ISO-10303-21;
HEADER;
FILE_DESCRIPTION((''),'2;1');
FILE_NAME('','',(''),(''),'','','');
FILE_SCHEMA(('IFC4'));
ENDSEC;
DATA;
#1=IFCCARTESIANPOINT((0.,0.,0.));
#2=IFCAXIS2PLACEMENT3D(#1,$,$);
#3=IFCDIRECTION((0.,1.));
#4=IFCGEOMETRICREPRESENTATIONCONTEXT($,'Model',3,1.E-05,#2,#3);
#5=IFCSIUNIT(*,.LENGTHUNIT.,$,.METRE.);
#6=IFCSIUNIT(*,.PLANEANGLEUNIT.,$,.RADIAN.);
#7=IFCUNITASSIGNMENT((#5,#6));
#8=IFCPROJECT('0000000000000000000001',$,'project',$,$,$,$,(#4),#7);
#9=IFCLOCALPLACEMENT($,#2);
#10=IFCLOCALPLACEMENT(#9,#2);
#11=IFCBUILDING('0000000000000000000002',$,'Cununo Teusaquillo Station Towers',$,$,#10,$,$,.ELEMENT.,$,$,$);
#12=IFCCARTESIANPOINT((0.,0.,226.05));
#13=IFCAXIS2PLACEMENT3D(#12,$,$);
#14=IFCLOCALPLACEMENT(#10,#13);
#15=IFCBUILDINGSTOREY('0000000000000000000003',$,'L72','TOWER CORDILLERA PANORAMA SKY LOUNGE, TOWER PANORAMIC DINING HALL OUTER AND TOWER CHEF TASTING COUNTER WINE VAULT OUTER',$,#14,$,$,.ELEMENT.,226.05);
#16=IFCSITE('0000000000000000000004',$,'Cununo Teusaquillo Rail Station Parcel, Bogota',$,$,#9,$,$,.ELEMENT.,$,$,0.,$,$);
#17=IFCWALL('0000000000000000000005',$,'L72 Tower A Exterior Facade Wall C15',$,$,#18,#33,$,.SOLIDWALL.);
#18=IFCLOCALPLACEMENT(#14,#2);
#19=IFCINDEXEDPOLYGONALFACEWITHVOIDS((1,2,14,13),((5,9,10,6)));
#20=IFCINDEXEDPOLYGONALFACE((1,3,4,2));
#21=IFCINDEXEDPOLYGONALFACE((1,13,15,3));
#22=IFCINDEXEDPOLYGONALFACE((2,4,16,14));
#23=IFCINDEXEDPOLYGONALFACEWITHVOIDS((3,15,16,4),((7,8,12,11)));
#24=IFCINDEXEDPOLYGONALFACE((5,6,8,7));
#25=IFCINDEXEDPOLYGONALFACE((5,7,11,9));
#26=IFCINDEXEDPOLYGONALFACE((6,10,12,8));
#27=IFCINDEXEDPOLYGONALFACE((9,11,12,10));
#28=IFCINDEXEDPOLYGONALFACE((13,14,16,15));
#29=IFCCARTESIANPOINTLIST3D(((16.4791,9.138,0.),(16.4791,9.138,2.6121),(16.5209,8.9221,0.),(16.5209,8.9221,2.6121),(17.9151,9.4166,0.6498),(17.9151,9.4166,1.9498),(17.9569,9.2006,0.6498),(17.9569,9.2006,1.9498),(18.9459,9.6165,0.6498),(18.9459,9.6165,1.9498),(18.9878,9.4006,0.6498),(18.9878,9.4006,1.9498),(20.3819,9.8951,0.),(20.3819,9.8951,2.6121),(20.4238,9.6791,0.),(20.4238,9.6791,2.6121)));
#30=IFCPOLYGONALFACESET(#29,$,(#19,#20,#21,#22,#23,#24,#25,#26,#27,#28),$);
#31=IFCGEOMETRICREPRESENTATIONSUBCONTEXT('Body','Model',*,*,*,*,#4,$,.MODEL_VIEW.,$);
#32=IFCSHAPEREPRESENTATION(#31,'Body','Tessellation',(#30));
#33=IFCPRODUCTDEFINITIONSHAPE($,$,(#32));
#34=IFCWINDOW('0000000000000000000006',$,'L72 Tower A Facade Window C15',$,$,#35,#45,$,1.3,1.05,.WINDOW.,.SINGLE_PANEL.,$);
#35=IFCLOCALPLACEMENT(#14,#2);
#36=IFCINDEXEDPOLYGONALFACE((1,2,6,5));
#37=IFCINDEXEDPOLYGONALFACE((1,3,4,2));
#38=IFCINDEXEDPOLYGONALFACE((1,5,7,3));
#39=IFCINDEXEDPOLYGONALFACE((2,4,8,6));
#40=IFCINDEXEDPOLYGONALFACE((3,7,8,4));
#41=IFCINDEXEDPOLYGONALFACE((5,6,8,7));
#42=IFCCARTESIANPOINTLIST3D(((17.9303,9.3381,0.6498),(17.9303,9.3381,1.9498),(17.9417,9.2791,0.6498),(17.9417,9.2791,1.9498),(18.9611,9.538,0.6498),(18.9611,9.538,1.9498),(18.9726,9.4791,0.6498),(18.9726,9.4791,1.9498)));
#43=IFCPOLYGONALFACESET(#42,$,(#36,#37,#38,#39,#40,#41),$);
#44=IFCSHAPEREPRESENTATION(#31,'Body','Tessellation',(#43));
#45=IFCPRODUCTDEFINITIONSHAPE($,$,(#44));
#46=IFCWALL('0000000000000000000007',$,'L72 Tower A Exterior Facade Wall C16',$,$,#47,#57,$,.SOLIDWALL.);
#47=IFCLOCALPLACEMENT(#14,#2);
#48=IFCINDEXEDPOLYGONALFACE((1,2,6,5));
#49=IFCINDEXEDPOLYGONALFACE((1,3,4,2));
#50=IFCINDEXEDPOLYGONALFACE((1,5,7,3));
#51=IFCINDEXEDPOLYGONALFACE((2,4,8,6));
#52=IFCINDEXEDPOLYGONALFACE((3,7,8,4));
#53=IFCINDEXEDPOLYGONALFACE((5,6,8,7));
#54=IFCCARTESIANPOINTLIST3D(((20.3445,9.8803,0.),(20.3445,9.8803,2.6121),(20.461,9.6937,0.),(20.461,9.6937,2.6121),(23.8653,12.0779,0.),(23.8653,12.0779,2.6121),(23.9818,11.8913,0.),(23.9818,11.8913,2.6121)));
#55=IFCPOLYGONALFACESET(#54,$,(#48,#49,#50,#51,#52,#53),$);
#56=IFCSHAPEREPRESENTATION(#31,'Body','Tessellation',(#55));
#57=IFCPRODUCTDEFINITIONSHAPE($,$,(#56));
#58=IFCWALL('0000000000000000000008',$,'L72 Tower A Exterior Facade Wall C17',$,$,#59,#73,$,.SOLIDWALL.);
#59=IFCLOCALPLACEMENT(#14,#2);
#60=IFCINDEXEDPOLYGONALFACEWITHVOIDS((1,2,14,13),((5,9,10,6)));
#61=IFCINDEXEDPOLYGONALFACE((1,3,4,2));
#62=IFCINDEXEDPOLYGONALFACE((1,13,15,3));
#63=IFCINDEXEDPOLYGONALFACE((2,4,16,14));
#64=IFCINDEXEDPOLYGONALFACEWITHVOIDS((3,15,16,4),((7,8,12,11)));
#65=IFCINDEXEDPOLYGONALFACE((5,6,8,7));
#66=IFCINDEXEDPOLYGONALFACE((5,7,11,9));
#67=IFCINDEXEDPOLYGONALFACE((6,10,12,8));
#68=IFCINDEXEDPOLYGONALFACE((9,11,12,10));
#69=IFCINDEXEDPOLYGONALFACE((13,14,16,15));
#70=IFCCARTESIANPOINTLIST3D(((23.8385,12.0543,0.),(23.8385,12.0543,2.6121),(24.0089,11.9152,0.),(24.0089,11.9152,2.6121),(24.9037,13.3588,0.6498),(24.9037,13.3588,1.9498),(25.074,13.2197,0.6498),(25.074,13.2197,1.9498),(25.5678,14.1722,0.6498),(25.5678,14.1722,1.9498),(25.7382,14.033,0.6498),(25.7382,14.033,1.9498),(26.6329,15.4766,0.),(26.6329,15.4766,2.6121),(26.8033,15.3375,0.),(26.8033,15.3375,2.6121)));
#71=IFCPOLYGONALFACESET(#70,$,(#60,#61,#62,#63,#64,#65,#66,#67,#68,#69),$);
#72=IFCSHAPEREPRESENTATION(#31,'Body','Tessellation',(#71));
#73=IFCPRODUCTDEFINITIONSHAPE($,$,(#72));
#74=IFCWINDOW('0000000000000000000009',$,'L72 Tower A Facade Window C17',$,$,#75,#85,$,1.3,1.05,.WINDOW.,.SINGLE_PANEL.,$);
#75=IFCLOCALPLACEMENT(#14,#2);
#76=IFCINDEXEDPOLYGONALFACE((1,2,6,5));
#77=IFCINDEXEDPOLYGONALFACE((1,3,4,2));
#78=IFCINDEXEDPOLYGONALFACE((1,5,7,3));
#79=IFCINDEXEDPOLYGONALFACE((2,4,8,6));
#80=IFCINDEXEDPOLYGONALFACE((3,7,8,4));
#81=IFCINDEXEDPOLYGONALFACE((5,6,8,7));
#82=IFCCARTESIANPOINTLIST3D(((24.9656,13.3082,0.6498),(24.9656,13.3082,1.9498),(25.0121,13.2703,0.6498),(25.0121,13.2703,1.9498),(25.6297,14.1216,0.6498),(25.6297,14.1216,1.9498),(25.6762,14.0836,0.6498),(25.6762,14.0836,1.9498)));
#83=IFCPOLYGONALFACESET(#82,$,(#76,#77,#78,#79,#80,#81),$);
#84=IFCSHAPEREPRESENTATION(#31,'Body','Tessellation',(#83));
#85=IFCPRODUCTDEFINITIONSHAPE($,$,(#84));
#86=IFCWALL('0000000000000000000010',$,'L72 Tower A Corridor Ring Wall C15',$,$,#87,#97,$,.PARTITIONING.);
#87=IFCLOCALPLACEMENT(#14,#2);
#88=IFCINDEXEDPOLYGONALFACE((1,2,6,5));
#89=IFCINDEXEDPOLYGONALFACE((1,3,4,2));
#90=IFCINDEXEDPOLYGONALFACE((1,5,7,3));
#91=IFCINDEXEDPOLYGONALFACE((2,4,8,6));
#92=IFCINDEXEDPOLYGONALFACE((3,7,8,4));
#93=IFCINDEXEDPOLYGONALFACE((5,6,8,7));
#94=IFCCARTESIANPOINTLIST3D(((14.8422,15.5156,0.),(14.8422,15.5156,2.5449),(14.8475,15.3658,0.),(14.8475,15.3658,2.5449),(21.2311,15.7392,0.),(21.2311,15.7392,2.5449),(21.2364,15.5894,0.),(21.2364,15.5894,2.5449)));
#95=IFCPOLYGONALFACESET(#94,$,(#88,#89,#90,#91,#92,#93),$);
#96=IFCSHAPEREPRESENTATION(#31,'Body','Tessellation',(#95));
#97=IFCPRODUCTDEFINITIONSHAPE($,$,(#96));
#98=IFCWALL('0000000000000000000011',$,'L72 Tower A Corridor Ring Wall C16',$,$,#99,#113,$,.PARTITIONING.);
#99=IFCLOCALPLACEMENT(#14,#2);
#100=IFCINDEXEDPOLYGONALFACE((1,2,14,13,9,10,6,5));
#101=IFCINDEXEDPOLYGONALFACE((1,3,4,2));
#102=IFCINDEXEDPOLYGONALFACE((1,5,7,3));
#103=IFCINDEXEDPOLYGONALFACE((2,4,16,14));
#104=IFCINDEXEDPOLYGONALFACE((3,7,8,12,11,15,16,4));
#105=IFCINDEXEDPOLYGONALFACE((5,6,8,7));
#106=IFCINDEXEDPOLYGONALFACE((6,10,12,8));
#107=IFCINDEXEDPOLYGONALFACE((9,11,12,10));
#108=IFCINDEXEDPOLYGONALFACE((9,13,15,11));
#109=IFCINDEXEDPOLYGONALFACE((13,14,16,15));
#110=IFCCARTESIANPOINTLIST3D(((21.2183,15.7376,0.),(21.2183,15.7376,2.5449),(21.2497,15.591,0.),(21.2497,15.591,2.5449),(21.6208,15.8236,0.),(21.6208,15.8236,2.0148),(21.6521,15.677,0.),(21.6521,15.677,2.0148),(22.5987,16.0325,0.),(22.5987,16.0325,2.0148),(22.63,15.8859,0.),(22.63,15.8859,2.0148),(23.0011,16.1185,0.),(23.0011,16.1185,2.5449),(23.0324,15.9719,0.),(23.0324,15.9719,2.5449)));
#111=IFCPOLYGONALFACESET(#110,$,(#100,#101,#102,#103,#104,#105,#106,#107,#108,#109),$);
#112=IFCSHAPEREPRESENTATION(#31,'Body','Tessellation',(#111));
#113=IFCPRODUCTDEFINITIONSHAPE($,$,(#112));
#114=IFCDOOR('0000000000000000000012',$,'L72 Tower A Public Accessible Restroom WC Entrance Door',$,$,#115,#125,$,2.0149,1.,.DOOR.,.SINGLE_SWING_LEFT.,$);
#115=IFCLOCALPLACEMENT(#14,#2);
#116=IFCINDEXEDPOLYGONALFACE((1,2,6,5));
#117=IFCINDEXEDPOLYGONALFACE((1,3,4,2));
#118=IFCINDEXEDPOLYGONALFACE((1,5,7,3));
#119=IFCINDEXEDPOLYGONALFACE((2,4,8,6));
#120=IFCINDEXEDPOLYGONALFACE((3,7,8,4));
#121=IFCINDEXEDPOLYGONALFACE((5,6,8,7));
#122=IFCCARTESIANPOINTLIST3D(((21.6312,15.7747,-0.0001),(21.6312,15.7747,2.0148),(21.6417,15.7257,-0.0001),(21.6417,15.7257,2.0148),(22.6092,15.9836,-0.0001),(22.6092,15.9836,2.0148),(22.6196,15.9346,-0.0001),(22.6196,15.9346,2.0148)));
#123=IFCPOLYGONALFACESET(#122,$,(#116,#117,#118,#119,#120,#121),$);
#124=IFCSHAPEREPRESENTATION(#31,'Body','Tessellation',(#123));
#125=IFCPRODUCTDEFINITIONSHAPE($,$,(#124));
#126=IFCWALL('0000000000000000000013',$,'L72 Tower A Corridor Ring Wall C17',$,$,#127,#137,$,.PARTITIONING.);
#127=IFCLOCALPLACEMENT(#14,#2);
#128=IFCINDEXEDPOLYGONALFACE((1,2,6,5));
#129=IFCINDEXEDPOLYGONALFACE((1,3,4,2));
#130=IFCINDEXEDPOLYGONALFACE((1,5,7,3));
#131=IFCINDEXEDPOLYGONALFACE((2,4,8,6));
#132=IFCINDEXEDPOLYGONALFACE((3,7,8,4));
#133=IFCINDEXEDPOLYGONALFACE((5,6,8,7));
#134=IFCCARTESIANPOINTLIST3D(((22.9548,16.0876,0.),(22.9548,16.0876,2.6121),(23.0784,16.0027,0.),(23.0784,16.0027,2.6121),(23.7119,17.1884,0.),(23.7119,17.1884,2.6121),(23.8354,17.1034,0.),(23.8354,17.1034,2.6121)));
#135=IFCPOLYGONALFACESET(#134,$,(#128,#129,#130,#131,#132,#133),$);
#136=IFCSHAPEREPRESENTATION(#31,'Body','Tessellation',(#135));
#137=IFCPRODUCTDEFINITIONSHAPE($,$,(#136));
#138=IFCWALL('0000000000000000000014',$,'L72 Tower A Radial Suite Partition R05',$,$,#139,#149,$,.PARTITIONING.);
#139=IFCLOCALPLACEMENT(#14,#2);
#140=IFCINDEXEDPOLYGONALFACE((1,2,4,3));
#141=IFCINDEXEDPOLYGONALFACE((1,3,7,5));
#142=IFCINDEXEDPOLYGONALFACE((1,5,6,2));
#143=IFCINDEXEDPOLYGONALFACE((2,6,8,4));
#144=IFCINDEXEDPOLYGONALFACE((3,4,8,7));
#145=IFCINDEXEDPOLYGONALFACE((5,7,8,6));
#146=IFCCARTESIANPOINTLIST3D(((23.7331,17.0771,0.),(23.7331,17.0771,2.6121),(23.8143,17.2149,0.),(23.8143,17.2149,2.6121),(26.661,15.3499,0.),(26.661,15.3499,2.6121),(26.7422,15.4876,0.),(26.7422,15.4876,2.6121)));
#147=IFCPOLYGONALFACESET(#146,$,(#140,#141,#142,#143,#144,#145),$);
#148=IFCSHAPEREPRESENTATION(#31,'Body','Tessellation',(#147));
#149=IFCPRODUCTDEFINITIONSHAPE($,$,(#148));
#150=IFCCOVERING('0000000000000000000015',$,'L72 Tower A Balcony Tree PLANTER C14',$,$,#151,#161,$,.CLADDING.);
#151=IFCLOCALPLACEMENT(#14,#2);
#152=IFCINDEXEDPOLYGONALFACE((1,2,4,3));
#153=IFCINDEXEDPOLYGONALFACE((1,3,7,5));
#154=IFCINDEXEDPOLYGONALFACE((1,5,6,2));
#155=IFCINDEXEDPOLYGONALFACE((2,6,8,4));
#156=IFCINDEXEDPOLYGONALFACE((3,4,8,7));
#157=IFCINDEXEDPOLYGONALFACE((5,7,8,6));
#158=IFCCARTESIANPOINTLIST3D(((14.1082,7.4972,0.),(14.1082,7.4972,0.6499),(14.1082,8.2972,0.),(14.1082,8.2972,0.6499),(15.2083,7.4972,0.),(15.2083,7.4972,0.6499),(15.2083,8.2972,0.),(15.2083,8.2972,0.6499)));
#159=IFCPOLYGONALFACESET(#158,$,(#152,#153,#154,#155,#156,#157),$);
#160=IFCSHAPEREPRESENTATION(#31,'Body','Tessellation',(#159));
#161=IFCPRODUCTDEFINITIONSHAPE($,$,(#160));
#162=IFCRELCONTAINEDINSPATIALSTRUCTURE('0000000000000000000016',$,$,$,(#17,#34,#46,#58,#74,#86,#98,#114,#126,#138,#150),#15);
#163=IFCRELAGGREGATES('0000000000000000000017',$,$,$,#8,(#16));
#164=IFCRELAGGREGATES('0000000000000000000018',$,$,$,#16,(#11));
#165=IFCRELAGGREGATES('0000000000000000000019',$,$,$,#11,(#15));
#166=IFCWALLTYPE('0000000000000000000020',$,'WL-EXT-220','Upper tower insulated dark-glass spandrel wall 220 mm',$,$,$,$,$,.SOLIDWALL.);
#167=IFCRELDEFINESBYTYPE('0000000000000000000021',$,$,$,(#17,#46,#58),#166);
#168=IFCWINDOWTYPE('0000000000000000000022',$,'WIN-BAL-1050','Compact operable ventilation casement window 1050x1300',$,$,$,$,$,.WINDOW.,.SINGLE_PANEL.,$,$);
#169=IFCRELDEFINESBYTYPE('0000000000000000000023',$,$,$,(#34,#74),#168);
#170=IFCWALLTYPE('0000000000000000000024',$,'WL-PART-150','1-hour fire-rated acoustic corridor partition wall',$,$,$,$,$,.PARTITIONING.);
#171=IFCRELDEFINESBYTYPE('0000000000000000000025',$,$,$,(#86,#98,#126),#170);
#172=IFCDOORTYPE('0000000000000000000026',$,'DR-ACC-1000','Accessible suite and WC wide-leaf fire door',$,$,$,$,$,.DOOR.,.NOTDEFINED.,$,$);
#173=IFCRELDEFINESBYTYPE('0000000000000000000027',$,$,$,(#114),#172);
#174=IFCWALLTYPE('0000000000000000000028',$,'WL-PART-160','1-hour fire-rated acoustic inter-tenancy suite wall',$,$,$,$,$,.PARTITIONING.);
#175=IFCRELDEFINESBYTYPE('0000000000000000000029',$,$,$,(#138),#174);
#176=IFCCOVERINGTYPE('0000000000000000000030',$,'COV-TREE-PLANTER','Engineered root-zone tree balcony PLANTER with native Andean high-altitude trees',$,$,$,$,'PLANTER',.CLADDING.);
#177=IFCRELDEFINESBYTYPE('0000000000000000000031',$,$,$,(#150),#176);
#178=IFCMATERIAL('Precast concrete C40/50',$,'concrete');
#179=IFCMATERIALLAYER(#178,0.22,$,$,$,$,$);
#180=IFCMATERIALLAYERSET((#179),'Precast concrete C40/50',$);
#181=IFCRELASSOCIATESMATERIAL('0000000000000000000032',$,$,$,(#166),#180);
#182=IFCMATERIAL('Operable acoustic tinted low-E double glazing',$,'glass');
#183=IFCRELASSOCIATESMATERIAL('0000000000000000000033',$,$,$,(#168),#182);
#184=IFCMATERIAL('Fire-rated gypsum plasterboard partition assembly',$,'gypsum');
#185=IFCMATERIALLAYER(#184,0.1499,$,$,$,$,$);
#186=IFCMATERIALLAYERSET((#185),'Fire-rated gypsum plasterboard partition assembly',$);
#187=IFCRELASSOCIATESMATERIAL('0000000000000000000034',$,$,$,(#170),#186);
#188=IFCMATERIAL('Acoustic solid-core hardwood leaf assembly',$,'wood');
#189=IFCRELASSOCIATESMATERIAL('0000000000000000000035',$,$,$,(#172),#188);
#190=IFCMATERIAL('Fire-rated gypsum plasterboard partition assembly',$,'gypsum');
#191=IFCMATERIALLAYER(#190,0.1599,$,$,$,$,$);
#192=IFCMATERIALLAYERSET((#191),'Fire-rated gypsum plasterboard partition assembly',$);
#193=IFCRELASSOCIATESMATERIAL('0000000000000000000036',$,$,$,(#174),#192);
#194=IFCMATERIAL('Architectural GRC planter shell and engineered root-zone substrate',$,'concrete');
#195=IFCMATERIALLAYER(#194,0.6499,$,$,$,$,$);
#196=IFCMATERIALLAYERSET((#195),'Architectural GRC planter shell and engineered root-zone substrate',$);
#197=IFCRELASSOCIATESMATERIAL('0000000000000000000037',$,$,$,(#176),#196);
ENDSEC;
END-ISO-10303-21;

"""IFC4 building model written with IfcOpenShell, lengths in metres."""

from ifc_helpers import new_model, si_unit, direction, frame, frame_2d, origin, origin_2d, place, context, subcontext, project, spatial, rectangle, extrude, source, transform, mapped, material, layer, layer_set, type_object, element, fill, save


model = new_model("IFC4")

# Units and contexts
model_context = context("Model", 3, precision=1e-05, world=origin(), true_north=direction((0.0, 1.0)))
body_context = subcontext(model_context, "Body", "Model", "MODEL_VIEW")
ifc_project = project(units=[si_unit("LENGTHUNIT", "METRE"), si_unit("PLANEANGLEUNIT", "RADIAN")], contexts=[model_context])

# Site, building, storey
site_placement = place(None, origin())
site = spatial("IfcSite", under=ifc_project, at=site_placement, Name="Cununo Teusaquillo Rail Station Parcel, Bogota", CompositionType="ELEMENT", RefElevation=0.0)
building_placement = place(site_placement, origin())
building = spatial("IfcBuilding", under=site, at=building_placement, Name="Cununo Teusaquillo Station Towers", CompositionType="ELEMENT")
storey_placement = place(building_placement, frame((0.0, 0.0, 226.05)))
storey = spatial("IfcBuildingStorey", under=building, at=storey_placement, Name="L72", Description="TOWER CORDILLERA PANORAMA SKY LOUNGE, TOWER PANORAMIC DINING HALL OUTER AND TOWER CHEF TASTING COUNTER WINE VAULT OUTER", CompositionType="ELEMENT", Elevation=226.05)

# Shared definitions
ifc_material_1 = material(Name="Precast concrete C40/50", Category="concrete")
ifc_layer_1 = layer(ifc_material_1, 0.22)
ifc_layer_set_1 = layer_set([ifc_layer_1], Name="Precast concrete C40/50")
wall_type_1 = type_object("IfcWallType", Name="WL-EXT-220", Description="Upper tower insulated dark-glass spandrel wall 220 mm", PredefinedType="SOLIDWALL", material=ifc_layer_set_1)

# Wall, opening, window
wall_1_placement = place(storey_placement, frame((20.4028, 9.7871, 0.0), z_axis=(0.0, 0.0, 1.0), x_axis=(-0.9817, -0.190432, 0.0)))
wall_1 = element("IfcWall", 1, at=wall_1_placement, inside=storey, type_object=wall_type_1, Name="L72 Tower A Exterior Facade Wall C15", PredefinedType="SOLIDWALL", context=body_context, shape_type="SweptSolid", body=[
    extrude(rectangle(XDim=3.9756, YDim=0.22, at=frame_2d((1.9878, 0.0))), origin(), (0.0, 0.0, 1.0), 2.6121),
])
shared_shape_1 = source(origin(), body_context, "Body", "SweptSolid", [
    extrude(rectangle(XDim=1.05, YDim=1.3, at=frame_2d((0.5249, 0.6499))), frame((0.0, 0.1199, 0.0), z_axis=(0.0, -1.0, 0.0), x_axis=(1.0, 0.0, 0.0)), (0.0, 0.0, 1.0), 0.24),
])
opening_1_placement = place(wall_1_placement, frame((1.4629, 0.0, 0.6499)))
opening_1 = element("IfcOpeningElement", 2, at=opening_1_placement, cuts=wall_1, PredefinedType="OPENING", context=body_context, shape_type="MappedRepresentation", body=[
    mapped(shared_shape_1, transform((0.0, 0.0, 0.0), x_axis=(1.0, 0.0, 0.0), y_axis=(0.0, 1.0, 0.0), z_axis=(0.0, 0.0, 1.0), scale=1.0)),
])
ifc_material_2 = material(Name="Operable acoustic tinted low-E double glazing", Category="glass")
window_type = type_object("IfcWindowType", Name="WIN-BAL-1050", Description="Compact operable ventilation casement window 1050x1300", PartitioningType="SINGLE_PANEL", PredefinedType="WINDOW", material=ifc_material_2)
shared_shape_2 = source(origin(), body_context, "Body", "SweptSolid", [
    extrude(rectangle(XDim=1.05, YDim=1.3, at=frame_2d((0.5249, 0.6499))), frame((0.0, 0.03, 0.0), z_axis=(0.0, -1.0, 0.0), x_axis=(1.0, 0.0, 0.0)), (0.0, 0.0, 1.0), 0.0601),
])
window_1_placement = place(opening_1_placement, origin())
window_1 = element("IfcWindow", 3, at=window_1_placement, inside=storey, type_object=window_type, Name="L72 Tower A Facade Window C15", OverallHeight=1.3, OverallWidth=1.05, PartitioningType="SINGLE_PANEL", PredefinedType="WINDOW", context=body_context, shape_type="MappedRepresentation", body=[
    mapped(shared_shape_2, transform((0.0, 0.0, 0.0), x_axis=(1.0, 0.0, 0.0), y_axis=(0.0, 1.0, 0.0), z_axis=(0.0, 0.0, 1.0), scale=1.0)),
])
fill(opening_1, window_1)

# Wall
wall_2_placement = place(storey_placement, frame((23.9236, 11.9846, 0.0), z_axis=(0.0, 0.0, 1.0), x_axis=(-0.848319, -0.529486, 0.0)))
element("IfcWall", 4, at=wall_2_placement, inside=storey, type_object=wall_type_1, Name="L72 Tower A Exterior Facade Wall C16", PredefinedType="SOLIDWALL", context=body_context, shape_type="SweptSolid", body=[
    extrude(rectangle(XDim=4.1504, YDim=0.22, at=frame_2d((2.0752, 0.0))), origin(), (0.0, 0.0, 1.0), 2.6121),
])

# Wall, opening, window
wall_3_placement = place(storey_placement, frame((26.718, 15.407, 0.0), z_axis=(0.0, 0.0, 1.0), x_axis=(-0.632467, -0.774587, 0.0)))
wall_3 = element("IfcWall", 5, at=wall_3_placement, inside=storey, type_object=wall_type_1, Name="L72 Tower A Exterior Facade Wall C17", PredefinedType="SOLIDWALL", context=body_context, shape_type="SweptSolid", body=[
    extrude(rectangle(XDim=4.4182, YDim=0.22, at=frame_2d((2.209, 0.0))), origin(), (0.0, 0.0, 1.0), 2.6121),
])
opening_2_placement = place(wall_3_placement, frame((1.6841, 0.0, 0.6499)))
opening_2 = element("IfcOpeningElement", 6, at=opening_2_placement, cuts=wall_3, PredefinedType="OPENING", context=body_context, shape_type="MappedRepresentation", body=[
    mapped(shared_shape_1, transform((0.0, 0.0, 0.0), x_axis=(1.0, 0.0, 0.0), y_axis=(0.0, 1.0, 0.0), z_axis=(0.0, 0.0, 1.0), scale=1.0)),
])
window_2_placement = place(opening_2_placement, origin())
window_2 = element("IfcWindow", 7, at=window_2_placement, inside=storey, type_object=window_type, Name="L72 Tower A Facade Window C17", OverallHeight=1.3, OverallWidth=1.05, PartitioningType="SINGLE_PANEL", PredefinedType="WINDOW", context=body_context, shape_type="MappedRepresentation", body=[
    mapped(shared_shape_2, transform((0.0, 0.0, 0.0), x_axis=(1.0, 0.0, 0.0), y_axis=(0.0, 1.0, 0.0), z_axis=(0.0, 0.0, 1.0), scale=1.0)),
])
fill(opening_2, window_2)

# Wall
ifc_material_3 = material(Name="Fire-rated gypsum plasterboard partition assembly", Category="gypsum")
ifc_layer_2 = layer(ifc_material_3, 0.1499)
ifc_layer_set_2 = layer_set([ifc_layer_2], Name="Fire-rated gypsum plasterboard partition assembly")
wall_type_2 = type_object("IfcWallType", Name="WL-PART-150", Description="1-hour fire-rated acoustic corridor partition wall", PredefinedType="PARTITIONING", material=ifc_layer_set_2)
wall_4_placement = place(storey_placement, frame((14.845, 15.4407, 0.0), z_axis=(0.0, 0.0, 1.0), x_axis=(0.999388, 0.034982, 0.0)))
element("IfcWall", 8, at=wall_4_placement, inside=storey, type_object=wall_type_2, Name="L72 Tower A Corridor Ring Wall C15", PredefinedType="PARTITIONING", context=body_context, shape_type="SweptSolid", body=[
    extrude(rectangle(XDim=6.3928, YDim=0.1499, at=frame_2d((3.1963, 0.0))), origin(), (0.0, 0.0, 1.0), 2.5449),
])

# Wall, opening, door
wall_5_placement = place(storey_placement, frame((21.2339, 15.6643, 0.0), z_axis=(0.0, 0.0, 1.0), x_axis=(0.977932, 0.208925, 0.0)))
wall_5 = element("IfcWall", 9, at=wall_5_placement, inside=storey, type_object=wall_type_2, Name="L72 Tower A Corridor Ring Wall C16", PredefinedType="PARTITIONING", context=body_context, shape_type="SweptSolid", body=[
    extrude(rectangle(XDim=1.823, YDim=0.1499, at=frame_2d((0.9116, 0.0))), origin(), (0.0, 0.0, 1.0), 2.5449),
])
shared_shape_3 = source(origin(), body_context, "Body", "SweptSolid", [
    extrude(rectangle(XDim=1.0, YDim=2.0149, at=frame_2d((0.5, 1.0073))), frame((0.0, 0.085, 0.0), z_axis=(0.0, -1.0, 0.0), x_axis=(1.0, 0.0, 0.0)), (0.0, 0.0, 1.0), 0.1699),
])
opening_3_placement = place(wall_5_placement, frame((0.4116, 0.0, 0.0)))
opening_3 = element("IfcOpeningElement", 10, at=opening_3_placement, cuts=wall_5, PredefinedType="OPENING", context=body_context, shape_type="MappedRepresentation", body=[
    mapped(shared_shape_3, transform((0.0, 0.0, 0.0), x_axis=(1.0, 0.0, 0.0), y_axis=(0.0, 1.0, 0.0), z_axis=(0.0, 0.0, 1.0), scale=1.0)),
])
ifc_material_4 = material(Name="Acoustic solid-core hardwood leaf assembly", Category="wood")
door_type_1 = type_object("IfcDoorType", Name="DR-ACC-1000", Description="Accessible suite and WC wide-leaf fire door", OperationType="NOTDEFINED", PredefinedType="DOOR", material=ifc_material_4)
shared_shape_4 = source(origin(), body_context, "Body", "SweptSolid", [
    extrude(rectangle(XDim=1.0, YDim=2.0149, at=frame_2d((0.5, 1.0073))), frame((0.0, 0.0249, 0.0), z_axis=(0.0, -1.0, 0.0), x_axis=(1.0, 0.0, 0.0)), (0.0, 0.0, 1.0), 0.05),
])
door_1_placement = place(opening_3_placement, origin())
door_1 = element("IfcDoor", 11, at=door_1_placement, inside=storey, type_object=door_type_1, Name="L72 Tower A Public Accessible Restroom WC Entrance Door", OperationType="SINGLE_SWING_LEFT", OverallHeight=2.0149, OverallWidth=1.0, PredefinedType="DOOR", context=body_context, shape_type="MappedRepresentation", body=[
    mapped(shared_shape_4, transform((0.0, 0.0, 0.0), x_axis=(1.0, 0.0, 0.0), y_axis=(0.0, 1.0, 0.0), z_axis=(0.0, 0.0, 1.0), scale=1.0)),
])
fill(opening_3, door_1)

# Walls
wall_6_placement = place(storey_placement, frame((23.0166, 16.0452, 0.0), z_axis=(0.0, 0.0, 1.0), x_axis=(0.566661, 0.823951, 0.0)))
element("IfcWall", 12, at=wall_6_placement, inside=storey, type_object=wall_type_2, Name="L72 Tower A Corridor Ring Wall C17", PredefinedType="PARTITIONING", context=body_context, shape_type="SweptSolid", body=[
    extrude(rectangle(XDim=1.3359, YDim=0.1499, at=frame_2d((0.668, 0.0))), origin(), (0.0, 0.0, 1.0), 2.6121),
])
ifc_material_5 = material(Name="Fire-rated gypsum plasterboard partition assembly", Category="gypsum")
ifc_layer_3 = layer(ifc_material_5, 0.1599)
ifc_layer_set_3 = layer_set([ifc_layer_3], Name="Fire-rated gypsum plasterboard partition assembly")
wall_type_3 = type_object("IfcWallType", Name="WL-PART-160", Description="1-hour fire-rated acoustic inter-tenancy suite wall", PredefinedType="PARTITIONING", material=ifc_layer_set_3)
wall_7_placement = place(storey_placement, frame((23.7737, 17.146, 0.0), z_axis=(0.0, 0.0, 1.0), x_axis=(0.861297, -0.508103, 0.0)))
element("IfcWall", 13, at=wall_7_placement, inside=storey, type_object=wall_type_3, Name="L72 Tower A Radial Suite Partition R05", PredefinedType="PARTITIONING", context=body_context, shape_type="SweptSolid", body=[
    extrude(rectangle(XDim=3.3994, YDim=0.1599, at=frame_2d((1.6997, 0.0))), origin(), (0.0, 0.0, 1.0), 2.6121),
])

# Covering
ifc_material_6 = material(Name="Architectural GRC planter shell and engineered root-zone substrate", Category="concrete")
ifc_layer_4 = layer(ifc_material_6, 0.6499)
ifc_layer_set_4 = layer_set([ifc_layer_4], Name="Architectural GRC planter shell and engineered root-zone substrate")
covering_type = type_object("IfcCoveringType", Name="COV-TREE-PLANTER", Description="Engineered root-zone tree balcony PLANTER with native Andean high-altitude trees", ElementType="PLANTER", PredefinedType="CLADDING", material=ifc_layer_set_4)
shared_shape_5 = source(origin(), body_context, "Body", "SweptSolid", [
    extrude(rectangle(XDim=1.1001, YDim=0.8, at=origin_2d()), origin(), (0.0, 0.0, 1.0), 0.6499),
])
covering_placement = place(storey_placement, frame((14.6582, 7.8972, 0.0), z_axis=(0.0, 0.0, 1.0), x_axis=(1.0, 0.0, 0.0)))
element("IfcCovering", 14, at=covering_placement, inside=storey, type_object=covering_type, Name="L72 Tower A Balcony Tree PLANTER C14", PredefinedType="CLADDING", context=body_context, shape_type="MappedRepresentation", body=[
    mapped(shared_shape_5, transform((0.0, 0.0, 0.0), x_axis=(1.0, 0.0, 0.0), y_axis=(0.0, 1.0, 0.0), z_axis=(0.0, 0.0, 1.0), scale=1.0)),
])

save(model, "model.ifc")
